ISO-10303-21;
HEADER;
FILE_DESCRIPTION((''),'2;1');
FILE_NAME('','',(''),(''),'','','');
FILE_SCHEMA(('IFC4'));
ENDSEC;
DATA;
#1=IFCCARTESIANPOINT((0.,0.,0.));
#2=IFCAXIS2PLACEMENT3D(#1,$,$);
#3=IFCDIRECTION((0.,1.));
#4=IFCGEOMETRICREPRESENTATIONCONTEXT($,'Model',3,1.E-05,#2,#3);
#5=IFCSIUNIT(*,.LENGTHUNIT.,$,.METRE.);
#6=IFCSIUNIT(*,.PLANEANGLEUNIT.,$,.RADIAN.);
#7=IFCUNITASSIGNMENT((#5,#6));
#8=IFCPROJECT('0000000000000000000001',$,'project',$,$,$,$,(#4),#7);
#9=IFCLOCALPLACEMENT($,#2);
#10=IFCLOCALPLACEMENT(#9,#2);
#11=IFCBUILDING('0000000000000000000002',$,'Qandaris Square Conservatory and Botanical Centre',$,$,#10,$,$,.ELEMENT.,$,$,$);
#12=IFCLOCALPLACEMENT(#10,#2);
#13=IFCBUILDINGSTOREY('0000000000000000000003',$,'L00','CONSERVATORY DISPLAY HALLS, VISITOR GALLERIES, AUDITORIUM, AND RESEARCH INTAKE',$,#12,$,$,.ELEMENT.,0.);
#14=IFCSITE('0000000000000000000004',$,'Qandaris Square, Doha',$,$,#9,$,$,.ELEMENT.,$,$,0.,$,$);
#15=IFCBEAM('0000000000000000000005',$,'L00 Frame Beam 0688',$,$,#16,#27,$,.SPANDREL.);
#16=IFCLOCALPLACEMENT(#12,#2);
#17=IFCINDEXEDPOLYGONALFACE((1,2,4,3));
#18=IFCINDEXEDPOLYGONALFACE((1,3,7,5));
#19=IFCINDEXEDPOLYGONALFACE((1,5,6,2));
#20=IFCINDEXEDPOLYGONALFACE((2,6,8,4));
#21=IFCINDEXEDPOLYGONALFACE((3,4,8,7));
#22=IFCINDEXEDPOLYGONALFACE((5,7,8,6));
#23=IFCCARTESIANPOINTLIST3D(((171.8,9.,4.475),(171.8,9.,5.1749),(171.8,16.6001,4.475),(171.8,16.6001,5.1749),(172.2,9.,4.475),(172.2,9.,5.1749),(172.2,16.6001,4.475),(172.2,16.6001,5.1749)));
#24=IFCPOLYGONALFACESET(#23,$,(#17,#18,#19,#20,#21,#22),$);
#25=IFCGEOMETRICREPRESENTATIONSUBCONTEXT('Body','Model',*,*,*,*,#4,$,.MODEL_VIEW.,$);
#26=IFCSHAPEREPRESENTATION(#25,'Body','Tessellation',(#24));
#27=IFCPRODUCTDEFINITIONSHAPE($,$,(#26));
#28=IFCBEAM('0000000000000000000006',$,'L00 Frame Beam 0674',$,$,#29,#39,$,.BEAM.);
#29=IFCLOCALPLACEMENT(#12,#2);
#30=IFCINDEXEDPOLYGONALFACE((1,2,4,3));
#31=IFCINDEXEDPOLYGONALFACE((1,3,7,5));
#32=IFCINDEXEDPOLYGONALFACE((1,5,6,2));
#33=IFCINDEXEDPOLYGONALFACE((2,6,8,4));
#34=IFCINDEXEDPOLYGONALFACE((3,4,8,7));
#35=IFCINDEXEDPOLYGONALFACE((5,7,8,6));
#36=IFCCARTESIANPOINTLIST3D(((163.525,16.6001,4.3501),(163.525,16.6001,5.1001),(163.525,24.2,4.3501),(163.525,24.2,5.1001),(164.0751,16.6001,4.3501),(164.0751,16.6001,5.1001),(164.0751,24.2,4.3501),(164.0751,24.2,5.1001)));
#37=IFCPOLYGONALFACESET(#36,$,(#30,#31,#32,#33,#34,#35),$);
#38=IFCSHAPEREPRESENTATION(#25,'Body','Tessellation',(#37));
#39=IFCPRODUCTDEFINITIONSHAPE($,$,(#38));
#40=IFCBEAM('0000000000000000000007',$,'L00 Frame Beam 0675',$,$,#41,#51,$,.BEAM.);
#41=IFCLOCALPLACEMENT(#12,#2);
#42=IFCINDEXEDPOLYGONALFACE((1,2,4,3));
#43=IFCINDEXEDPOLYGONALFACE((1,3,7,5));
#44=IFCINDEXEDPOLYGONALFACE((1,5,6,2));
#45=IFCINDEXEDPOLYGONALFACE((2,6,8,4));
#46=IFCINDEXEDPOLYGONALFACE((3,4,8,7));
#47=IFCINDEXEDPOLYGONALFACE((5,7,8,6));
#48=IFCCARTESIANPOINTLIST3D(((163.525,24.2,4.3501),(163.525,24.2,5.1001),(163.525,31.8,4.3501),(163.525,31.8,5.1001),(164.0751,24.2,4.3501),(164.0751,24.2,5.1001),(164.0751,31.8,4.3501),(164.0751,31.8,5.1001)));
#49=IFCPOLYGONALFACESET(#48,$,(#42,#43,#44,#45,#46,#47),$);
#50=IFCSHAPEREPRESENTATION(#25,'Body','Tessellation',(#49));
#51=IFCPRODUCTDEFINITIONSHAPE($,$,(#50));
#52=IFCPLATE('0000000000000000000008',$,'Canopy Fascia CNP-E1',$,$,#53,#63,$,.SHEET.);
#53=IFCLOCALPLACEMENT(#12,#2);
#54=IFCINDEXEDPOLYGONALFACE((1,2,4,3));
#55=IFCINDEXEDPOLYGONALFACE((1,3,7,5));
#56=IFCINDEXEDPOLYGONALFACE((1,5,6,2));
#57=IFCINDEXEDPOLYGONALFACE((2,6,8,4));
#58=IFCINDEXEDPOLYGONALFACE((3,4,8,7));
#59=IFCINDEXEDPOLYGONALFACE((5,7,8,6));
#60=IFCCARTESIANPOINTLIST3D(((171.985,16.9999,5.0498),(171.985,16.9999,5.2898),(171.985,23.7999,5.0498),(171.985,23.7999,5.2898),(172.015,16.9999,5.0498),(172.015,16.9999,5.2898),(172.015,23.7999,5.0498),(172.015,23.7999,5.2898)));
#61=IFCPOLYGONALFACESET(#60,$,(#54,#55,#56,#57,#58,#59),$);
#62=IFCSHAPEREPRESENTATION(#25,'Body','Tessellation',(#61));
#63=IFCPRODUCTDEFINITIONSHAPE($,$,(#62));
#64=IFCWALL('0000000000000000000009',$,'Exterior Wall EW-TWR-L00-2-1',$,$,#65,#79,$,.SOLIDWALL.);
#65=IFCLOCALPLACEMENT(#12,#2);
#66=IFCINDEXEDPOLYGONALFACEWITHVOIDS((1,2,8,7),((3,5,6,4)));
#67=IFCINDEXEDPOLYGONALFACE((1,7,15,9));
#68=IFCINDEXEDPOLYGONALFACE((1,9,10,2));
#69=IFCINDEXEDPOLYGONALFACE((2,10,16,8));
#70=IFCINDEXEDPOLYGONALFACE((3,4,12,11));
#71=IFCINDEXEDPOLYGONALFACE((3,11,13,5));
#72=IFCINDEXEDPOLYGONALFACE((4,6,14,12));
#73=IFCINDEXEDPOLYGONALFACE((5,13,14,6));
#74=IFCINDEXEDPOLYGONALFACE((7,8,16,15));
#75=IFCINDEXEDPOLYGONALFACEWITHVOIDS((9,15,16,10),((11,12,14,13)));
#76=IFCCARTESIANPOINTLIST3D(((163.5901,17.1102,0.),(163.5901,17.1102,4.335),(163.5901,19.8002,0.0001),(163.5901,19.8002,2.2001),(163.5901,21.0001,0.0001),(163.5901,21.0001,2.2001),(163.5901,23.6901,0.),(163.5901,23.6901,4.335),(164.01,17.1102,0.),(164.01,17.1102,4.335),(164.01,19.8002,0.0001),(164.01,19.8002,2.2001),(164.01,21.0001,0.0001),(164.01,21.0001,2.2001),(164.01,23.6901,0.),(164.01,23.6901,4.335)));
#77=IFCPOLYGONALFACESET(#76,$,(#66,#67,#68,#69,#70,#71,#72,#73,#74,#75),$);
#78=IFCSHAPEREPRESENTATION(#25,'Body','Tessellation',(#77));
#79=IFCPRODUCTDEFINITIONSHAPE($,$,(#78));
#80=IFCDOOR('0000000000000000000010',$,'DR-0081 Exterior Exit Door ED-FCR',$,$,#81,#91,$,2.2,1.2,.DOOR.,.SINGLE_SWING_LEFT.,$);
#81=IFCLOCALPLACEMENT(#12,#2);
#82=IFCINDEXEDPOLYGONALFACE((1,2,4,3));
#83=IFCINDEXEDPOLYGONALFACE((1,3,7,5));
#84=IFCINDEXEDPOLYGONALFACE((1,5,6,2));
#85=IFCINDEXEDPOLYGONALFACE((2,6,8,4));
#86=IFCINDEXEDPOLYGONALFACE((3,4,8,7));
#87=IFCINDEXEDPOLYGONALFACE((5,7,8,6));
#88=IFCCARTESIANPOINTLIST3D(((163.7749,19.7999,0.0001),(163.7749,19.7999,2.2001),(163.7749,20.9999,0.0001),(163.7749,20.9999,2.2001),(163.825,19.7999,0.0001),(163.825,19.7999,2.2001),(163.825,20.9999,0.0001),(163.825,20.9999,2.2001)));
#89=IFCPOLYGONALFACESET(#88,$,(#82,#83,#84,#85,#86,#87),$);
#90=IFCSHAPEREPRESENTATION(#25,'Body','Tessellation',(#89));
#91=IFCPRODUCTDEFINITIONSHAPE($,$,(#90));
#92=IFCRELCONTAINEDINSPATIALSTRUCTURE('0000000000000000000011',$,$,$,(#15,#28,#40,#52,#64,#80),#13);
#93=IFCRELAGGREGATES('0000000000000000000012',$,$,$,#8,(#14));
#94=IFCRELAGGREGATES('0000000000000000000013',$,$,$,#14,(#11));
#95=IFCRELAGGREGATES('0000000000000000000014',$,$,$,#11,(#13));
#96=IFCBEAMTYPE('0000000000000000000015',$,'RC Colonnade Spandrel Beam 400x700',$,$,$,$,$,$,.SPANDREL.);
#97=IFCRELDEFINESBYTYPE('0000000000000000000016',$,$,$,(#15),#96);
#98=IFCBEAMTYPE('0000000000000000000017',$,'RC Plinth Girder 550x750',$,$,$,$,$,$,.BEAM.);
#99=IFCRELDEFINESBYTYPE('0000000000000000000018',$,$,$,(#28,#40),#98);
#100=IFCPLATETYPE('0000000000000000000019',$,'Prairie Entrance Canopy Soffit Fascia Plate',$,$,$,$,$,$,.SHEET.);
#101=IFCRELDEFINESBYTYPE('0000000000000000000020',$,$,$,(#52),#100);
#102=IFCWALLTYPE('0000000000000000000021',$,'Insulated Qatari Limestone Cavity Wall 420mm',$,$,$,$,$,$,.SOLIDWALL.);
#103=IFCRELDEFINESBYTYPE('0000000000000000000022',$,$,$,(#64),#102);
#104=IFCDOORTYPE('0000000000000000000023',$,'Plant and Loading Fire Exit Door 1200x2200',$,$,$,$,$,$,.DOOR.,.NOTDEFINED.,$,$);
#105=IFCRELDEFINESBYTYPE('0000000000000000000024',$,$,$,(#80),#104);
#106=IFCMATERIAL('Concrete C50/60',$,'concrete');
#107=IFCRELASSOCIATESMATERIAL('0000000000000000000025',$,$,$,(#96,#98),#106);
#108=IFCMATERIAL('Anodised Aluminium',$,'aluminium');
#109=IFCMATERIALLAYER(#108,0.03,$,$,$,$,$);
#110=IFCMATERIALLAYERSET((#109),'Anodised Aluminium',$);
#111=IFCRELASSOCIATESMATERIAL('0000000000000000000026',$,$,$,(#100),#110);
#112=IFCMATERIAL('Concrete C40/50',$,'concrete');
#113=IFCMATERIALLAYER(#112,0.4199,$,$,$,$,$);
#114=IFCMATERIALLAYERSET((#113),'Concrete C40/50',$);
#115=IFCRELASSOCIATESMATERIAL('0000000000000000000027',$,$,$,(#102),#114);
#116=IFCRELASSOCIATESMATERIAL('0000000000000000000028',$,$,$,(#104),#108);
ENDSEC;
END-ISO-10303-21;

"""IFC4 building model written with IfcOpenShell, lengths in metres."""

from ifc_helpers import new_model, si_unit, direction, frame, frame_2d, origin, origin_2d, place, context, subcontext, project, spatial, rectangle, extrude, material, layer, layer_set, material_profile, profile_set, type_object, element, fill, save


model = new_model("IFC4")

# Units and contexts
model_context = context("Model", 3, precision=1e-05, world=origin(), true_north=direction((0.0, 1.0)))
body_context = subcontext(model_context, "Body", "Model", "MODEL_VIEW")
ifc_project = project(units=[si_unit("LENGTHUNIT", "METRE"), si_unit("PLANEANGLEUNIT", "RADIAN")], contexts=[model_context])

# Site, building, storey
site_placement = place(None, origin())
site = spatial("IfcSite", under=ifc_project, at=site_placement, Name="Qandaris Square, Doha", CompositionType="ELEMENT", RefElevation=0.0)
building_placement = place(site_placement, origin())
building = spatial("IfcBuilding", under=site, at=building_placement, Name="Qandaris Square Conservatory and Botanical Centre", CompositionType="ELEMENT")
storey_placement = place(building_placement, origin())
storey = spatial("IfcBuildingStorey", under=building, at=storey_placement, Name="L00", Description="CONSERVATORY DISPLAY HALLS, VISITOR GALLERIES, AUDITORIUM, AND RESEARCH INTAKE", CompositionType="ELEMENT", Elevation=0.0)

# Shared definitions
ifc_material_1 = material(Name="Concrete C40/50", Category="concrete")

# Shared definitions
ifc_material_2 = material(Name="Concrete C50/60", Category="concrete")

# Beams
ifc_material_profile_1 = material_profile(ifc_material_2, rectangle(XDim=0.3999, YDim=0.7, at=origin_2d()), Name="RC-SP 400x700")
ifc_profile_set_1 = profile_set([ifc_material_profile_1], Name="Concrete C50/60")
beam_type_1 = type_object("IfcBeamType", Name="RC Colonnade Spandrel Beam 400x700", PredefinedType="SPANDREL", material=ifc_profile_set_1)
for number, where, z_axis, x_axis, name in (
    (1, (172.0, 9.0, 4.825), (0.0, 1.0, 0.0), (-1.0, 0.0, 0.0), "L00 Frame Beam 0688"),
):
    element("IfcBeam", number, at=place(storey_placement, frame(where, z_axis=z_axis, x_axis=x_axis)), inside=storey, type_object=beam_type_1, Name=name, PredefinedType="SPANDREL", context=body_context, shape_type="SweptSolid", body=[
        extrude(rectangle(XDim=0.3999, YDim=0.7, at=origin_2d()), origin(), (0.0, 0.0, 1.0), 7.6001),
    ])
ifc_material_profile_2 = material_profile(ifc_material_2, rectangle(XDim=0.55, YDim=0.75, at=origin_2d()), Name="RC-BM 550x750")
ifc_profile_set_2 = profile_set([ifc_material_profile_2], Name="Concrete C50/60")
beam_type_2 = type_object("IfcBeamType", Name="RC Plinth Girder 550x750", PredefinedType="BEAM", material=ifc_profile_set_2)
beam_1_placement = place(storey_placement, frame((163.8, 16.6001, 4.7251), z_axis=(0.0, 1.0, 0.0), x_axis=(-1.0, 0.0, 0.0)))
element("IfcBeam", 2, at=beam_1_placement, inside=storey, type_object=beam_type_2, Name="L00 Frame Beam 0674", PredefinedType="BEAM", context=body_context, shape_type="SweptSolid", body=[
    extrude(rectangle(XDim=0.55, YDim=0.75, at=origin_2d()), origin(), (0.0, 0.0, 1.0), 7.5999),
])
beam_2_placement = place(storey_placement, frame((163.8, 24.2, 4.7251), z_axis=(0.0, 1.0, 0.0), x_axis=(-1.0, 0.0, 0.0)))
element("IfcBeam", 3, at=beam_2_placement, inside=storey, type_object=beam_type_2, Name="L00 Frame Beam 0675", PredefinedType="BEAM", context=body_context, shape_type="SweptSolid", body=[
    extrude(rectangle(XDim=0.55, YDim=0.75, at=origin_2d()), origin(), (0.0, 0.0, 1.0), 7.6001),
])

# Plate
ifc_material_3 = material(Name="Anodised Aluminium", Category="aluminium")
ifc_layer_1 = layer(ifc_material_3, 0.03)
ifc_layer_set_1 = layer_set([ifc_layer_1], Name="Anodised Aluminium")
plate_type = type_object("IfcPlateType", Name="Prairie Entrance Canopy Soffit Fascia Plate", PredefinedType="SHEET", material=ifc_layer_set_1)
plate_placement = place(storey_placement, frame((172.0, 20.3999, 5.0498), z_axis=(0.0, 0.0, 1.0), x_axis=(0.0, 1.0, 0.0)))
element("IfcPlate", 4, at=plate_placement, inside=storey, type_object=plate_type, Name="Canopy Fascia CNP-E1", PredefinedType="SHEET", context=body_context, shape_type="SweptSolid", body=[
    extrude(rectangle(XDim=6.8, YDim=0.03, at=origin_2d()), origin(), (0.0, 0.0, 1.0), 0.24),
])

# Wall, opening, door
ifc_layer_2 = layer(ifc_material_1, 0.4199)
ifc_layer_set_2 = layer_set([ifc_layer_2], Name="Concrete C40/50")
wall_type = type_object("IfcWallType", Name="Insulated Qatari Limestone Cavity Wall 420mm", PredefinedType="SOLIDWALL", material=ifc_layer_set_2)
wall_placement = place(storey_placement, frame((163.8, 17.1101, 0.0), z_axis=(0.0, 0.0, 1.0), x_axis=(0.0, 1.0, 0.0)))
wall = element("IfcWall", 5, at=wall_placement, inside=storey, type_object=wall_type, Name="Exterior Wall EW-TWR-L00-2-1", PredefinedType="SOLIDWALL", context=body_context, shape_type="SweptSolid", body=[
    extrude(rectangle(XDim=6.5798, YDim=0.4199, at=frame_2d((3.29, 0.0))), origin(), (0.0, 0.0, 1.0), 4.335),
])
opening_placement = place(wall_placement, frame((2.6899, 0.0, 0.0)))
opening = element("IfcOpeningElement", 6, at=opening_placement, cuts=wall, PredefinedType="OPENING", context=body_context, shape_type="SweptSolid", body=[
    extrude(rectangle(XDim=1.2, YDim=2.2, at=frame_2d((0.6001, 1.1001))), frame((0.0, 0.2219, 0.0), z_axis=(0.0, -1.0, 0.0), x_axis=(1.0, 0.0, 0.0)), (0.0, 0.0, 1.0), 0.4438),
])
door_type = type_object("IfcDoorType", Name="Plant and Loading Fire Exit Door 1200x2200", OperationType="NOTDEFINED", PredefinedType="DOOR", material=ifc_material_3)
door_placement = place(opening_placement, frame((1.2, 0.0, 0.0), z_axis=(0.0, 0.0, 1.0), x_axis=(-1.0, 0.0, 0.0)))
door = element("IfcDoor", 7, at=door_placement, inside=storey, type_object=door_type, Name="DR-0081 Exterior Exit Door ED-FCR", OperationType="SINGLE_SWING_LEFT", OverallHeight=2.2, OverallWidth=1.2, PredefinedType="DOOR", context=body_context, shape_type="SweptSolid", body=[
    extrude(rectangle(XDim=1.2, YDim=2.2, at=frame_2d((0.6001, 1.1001))), frame((0.0, 0.0249, 0.0), z_axis=(0.0, -1.0, 0.0), x_axis=(1.0, 0.0, 0.0)), (0.0, 0.0, 1.0), 0.05),
])
fill(opening, door)

save(model, "model.ifc")
